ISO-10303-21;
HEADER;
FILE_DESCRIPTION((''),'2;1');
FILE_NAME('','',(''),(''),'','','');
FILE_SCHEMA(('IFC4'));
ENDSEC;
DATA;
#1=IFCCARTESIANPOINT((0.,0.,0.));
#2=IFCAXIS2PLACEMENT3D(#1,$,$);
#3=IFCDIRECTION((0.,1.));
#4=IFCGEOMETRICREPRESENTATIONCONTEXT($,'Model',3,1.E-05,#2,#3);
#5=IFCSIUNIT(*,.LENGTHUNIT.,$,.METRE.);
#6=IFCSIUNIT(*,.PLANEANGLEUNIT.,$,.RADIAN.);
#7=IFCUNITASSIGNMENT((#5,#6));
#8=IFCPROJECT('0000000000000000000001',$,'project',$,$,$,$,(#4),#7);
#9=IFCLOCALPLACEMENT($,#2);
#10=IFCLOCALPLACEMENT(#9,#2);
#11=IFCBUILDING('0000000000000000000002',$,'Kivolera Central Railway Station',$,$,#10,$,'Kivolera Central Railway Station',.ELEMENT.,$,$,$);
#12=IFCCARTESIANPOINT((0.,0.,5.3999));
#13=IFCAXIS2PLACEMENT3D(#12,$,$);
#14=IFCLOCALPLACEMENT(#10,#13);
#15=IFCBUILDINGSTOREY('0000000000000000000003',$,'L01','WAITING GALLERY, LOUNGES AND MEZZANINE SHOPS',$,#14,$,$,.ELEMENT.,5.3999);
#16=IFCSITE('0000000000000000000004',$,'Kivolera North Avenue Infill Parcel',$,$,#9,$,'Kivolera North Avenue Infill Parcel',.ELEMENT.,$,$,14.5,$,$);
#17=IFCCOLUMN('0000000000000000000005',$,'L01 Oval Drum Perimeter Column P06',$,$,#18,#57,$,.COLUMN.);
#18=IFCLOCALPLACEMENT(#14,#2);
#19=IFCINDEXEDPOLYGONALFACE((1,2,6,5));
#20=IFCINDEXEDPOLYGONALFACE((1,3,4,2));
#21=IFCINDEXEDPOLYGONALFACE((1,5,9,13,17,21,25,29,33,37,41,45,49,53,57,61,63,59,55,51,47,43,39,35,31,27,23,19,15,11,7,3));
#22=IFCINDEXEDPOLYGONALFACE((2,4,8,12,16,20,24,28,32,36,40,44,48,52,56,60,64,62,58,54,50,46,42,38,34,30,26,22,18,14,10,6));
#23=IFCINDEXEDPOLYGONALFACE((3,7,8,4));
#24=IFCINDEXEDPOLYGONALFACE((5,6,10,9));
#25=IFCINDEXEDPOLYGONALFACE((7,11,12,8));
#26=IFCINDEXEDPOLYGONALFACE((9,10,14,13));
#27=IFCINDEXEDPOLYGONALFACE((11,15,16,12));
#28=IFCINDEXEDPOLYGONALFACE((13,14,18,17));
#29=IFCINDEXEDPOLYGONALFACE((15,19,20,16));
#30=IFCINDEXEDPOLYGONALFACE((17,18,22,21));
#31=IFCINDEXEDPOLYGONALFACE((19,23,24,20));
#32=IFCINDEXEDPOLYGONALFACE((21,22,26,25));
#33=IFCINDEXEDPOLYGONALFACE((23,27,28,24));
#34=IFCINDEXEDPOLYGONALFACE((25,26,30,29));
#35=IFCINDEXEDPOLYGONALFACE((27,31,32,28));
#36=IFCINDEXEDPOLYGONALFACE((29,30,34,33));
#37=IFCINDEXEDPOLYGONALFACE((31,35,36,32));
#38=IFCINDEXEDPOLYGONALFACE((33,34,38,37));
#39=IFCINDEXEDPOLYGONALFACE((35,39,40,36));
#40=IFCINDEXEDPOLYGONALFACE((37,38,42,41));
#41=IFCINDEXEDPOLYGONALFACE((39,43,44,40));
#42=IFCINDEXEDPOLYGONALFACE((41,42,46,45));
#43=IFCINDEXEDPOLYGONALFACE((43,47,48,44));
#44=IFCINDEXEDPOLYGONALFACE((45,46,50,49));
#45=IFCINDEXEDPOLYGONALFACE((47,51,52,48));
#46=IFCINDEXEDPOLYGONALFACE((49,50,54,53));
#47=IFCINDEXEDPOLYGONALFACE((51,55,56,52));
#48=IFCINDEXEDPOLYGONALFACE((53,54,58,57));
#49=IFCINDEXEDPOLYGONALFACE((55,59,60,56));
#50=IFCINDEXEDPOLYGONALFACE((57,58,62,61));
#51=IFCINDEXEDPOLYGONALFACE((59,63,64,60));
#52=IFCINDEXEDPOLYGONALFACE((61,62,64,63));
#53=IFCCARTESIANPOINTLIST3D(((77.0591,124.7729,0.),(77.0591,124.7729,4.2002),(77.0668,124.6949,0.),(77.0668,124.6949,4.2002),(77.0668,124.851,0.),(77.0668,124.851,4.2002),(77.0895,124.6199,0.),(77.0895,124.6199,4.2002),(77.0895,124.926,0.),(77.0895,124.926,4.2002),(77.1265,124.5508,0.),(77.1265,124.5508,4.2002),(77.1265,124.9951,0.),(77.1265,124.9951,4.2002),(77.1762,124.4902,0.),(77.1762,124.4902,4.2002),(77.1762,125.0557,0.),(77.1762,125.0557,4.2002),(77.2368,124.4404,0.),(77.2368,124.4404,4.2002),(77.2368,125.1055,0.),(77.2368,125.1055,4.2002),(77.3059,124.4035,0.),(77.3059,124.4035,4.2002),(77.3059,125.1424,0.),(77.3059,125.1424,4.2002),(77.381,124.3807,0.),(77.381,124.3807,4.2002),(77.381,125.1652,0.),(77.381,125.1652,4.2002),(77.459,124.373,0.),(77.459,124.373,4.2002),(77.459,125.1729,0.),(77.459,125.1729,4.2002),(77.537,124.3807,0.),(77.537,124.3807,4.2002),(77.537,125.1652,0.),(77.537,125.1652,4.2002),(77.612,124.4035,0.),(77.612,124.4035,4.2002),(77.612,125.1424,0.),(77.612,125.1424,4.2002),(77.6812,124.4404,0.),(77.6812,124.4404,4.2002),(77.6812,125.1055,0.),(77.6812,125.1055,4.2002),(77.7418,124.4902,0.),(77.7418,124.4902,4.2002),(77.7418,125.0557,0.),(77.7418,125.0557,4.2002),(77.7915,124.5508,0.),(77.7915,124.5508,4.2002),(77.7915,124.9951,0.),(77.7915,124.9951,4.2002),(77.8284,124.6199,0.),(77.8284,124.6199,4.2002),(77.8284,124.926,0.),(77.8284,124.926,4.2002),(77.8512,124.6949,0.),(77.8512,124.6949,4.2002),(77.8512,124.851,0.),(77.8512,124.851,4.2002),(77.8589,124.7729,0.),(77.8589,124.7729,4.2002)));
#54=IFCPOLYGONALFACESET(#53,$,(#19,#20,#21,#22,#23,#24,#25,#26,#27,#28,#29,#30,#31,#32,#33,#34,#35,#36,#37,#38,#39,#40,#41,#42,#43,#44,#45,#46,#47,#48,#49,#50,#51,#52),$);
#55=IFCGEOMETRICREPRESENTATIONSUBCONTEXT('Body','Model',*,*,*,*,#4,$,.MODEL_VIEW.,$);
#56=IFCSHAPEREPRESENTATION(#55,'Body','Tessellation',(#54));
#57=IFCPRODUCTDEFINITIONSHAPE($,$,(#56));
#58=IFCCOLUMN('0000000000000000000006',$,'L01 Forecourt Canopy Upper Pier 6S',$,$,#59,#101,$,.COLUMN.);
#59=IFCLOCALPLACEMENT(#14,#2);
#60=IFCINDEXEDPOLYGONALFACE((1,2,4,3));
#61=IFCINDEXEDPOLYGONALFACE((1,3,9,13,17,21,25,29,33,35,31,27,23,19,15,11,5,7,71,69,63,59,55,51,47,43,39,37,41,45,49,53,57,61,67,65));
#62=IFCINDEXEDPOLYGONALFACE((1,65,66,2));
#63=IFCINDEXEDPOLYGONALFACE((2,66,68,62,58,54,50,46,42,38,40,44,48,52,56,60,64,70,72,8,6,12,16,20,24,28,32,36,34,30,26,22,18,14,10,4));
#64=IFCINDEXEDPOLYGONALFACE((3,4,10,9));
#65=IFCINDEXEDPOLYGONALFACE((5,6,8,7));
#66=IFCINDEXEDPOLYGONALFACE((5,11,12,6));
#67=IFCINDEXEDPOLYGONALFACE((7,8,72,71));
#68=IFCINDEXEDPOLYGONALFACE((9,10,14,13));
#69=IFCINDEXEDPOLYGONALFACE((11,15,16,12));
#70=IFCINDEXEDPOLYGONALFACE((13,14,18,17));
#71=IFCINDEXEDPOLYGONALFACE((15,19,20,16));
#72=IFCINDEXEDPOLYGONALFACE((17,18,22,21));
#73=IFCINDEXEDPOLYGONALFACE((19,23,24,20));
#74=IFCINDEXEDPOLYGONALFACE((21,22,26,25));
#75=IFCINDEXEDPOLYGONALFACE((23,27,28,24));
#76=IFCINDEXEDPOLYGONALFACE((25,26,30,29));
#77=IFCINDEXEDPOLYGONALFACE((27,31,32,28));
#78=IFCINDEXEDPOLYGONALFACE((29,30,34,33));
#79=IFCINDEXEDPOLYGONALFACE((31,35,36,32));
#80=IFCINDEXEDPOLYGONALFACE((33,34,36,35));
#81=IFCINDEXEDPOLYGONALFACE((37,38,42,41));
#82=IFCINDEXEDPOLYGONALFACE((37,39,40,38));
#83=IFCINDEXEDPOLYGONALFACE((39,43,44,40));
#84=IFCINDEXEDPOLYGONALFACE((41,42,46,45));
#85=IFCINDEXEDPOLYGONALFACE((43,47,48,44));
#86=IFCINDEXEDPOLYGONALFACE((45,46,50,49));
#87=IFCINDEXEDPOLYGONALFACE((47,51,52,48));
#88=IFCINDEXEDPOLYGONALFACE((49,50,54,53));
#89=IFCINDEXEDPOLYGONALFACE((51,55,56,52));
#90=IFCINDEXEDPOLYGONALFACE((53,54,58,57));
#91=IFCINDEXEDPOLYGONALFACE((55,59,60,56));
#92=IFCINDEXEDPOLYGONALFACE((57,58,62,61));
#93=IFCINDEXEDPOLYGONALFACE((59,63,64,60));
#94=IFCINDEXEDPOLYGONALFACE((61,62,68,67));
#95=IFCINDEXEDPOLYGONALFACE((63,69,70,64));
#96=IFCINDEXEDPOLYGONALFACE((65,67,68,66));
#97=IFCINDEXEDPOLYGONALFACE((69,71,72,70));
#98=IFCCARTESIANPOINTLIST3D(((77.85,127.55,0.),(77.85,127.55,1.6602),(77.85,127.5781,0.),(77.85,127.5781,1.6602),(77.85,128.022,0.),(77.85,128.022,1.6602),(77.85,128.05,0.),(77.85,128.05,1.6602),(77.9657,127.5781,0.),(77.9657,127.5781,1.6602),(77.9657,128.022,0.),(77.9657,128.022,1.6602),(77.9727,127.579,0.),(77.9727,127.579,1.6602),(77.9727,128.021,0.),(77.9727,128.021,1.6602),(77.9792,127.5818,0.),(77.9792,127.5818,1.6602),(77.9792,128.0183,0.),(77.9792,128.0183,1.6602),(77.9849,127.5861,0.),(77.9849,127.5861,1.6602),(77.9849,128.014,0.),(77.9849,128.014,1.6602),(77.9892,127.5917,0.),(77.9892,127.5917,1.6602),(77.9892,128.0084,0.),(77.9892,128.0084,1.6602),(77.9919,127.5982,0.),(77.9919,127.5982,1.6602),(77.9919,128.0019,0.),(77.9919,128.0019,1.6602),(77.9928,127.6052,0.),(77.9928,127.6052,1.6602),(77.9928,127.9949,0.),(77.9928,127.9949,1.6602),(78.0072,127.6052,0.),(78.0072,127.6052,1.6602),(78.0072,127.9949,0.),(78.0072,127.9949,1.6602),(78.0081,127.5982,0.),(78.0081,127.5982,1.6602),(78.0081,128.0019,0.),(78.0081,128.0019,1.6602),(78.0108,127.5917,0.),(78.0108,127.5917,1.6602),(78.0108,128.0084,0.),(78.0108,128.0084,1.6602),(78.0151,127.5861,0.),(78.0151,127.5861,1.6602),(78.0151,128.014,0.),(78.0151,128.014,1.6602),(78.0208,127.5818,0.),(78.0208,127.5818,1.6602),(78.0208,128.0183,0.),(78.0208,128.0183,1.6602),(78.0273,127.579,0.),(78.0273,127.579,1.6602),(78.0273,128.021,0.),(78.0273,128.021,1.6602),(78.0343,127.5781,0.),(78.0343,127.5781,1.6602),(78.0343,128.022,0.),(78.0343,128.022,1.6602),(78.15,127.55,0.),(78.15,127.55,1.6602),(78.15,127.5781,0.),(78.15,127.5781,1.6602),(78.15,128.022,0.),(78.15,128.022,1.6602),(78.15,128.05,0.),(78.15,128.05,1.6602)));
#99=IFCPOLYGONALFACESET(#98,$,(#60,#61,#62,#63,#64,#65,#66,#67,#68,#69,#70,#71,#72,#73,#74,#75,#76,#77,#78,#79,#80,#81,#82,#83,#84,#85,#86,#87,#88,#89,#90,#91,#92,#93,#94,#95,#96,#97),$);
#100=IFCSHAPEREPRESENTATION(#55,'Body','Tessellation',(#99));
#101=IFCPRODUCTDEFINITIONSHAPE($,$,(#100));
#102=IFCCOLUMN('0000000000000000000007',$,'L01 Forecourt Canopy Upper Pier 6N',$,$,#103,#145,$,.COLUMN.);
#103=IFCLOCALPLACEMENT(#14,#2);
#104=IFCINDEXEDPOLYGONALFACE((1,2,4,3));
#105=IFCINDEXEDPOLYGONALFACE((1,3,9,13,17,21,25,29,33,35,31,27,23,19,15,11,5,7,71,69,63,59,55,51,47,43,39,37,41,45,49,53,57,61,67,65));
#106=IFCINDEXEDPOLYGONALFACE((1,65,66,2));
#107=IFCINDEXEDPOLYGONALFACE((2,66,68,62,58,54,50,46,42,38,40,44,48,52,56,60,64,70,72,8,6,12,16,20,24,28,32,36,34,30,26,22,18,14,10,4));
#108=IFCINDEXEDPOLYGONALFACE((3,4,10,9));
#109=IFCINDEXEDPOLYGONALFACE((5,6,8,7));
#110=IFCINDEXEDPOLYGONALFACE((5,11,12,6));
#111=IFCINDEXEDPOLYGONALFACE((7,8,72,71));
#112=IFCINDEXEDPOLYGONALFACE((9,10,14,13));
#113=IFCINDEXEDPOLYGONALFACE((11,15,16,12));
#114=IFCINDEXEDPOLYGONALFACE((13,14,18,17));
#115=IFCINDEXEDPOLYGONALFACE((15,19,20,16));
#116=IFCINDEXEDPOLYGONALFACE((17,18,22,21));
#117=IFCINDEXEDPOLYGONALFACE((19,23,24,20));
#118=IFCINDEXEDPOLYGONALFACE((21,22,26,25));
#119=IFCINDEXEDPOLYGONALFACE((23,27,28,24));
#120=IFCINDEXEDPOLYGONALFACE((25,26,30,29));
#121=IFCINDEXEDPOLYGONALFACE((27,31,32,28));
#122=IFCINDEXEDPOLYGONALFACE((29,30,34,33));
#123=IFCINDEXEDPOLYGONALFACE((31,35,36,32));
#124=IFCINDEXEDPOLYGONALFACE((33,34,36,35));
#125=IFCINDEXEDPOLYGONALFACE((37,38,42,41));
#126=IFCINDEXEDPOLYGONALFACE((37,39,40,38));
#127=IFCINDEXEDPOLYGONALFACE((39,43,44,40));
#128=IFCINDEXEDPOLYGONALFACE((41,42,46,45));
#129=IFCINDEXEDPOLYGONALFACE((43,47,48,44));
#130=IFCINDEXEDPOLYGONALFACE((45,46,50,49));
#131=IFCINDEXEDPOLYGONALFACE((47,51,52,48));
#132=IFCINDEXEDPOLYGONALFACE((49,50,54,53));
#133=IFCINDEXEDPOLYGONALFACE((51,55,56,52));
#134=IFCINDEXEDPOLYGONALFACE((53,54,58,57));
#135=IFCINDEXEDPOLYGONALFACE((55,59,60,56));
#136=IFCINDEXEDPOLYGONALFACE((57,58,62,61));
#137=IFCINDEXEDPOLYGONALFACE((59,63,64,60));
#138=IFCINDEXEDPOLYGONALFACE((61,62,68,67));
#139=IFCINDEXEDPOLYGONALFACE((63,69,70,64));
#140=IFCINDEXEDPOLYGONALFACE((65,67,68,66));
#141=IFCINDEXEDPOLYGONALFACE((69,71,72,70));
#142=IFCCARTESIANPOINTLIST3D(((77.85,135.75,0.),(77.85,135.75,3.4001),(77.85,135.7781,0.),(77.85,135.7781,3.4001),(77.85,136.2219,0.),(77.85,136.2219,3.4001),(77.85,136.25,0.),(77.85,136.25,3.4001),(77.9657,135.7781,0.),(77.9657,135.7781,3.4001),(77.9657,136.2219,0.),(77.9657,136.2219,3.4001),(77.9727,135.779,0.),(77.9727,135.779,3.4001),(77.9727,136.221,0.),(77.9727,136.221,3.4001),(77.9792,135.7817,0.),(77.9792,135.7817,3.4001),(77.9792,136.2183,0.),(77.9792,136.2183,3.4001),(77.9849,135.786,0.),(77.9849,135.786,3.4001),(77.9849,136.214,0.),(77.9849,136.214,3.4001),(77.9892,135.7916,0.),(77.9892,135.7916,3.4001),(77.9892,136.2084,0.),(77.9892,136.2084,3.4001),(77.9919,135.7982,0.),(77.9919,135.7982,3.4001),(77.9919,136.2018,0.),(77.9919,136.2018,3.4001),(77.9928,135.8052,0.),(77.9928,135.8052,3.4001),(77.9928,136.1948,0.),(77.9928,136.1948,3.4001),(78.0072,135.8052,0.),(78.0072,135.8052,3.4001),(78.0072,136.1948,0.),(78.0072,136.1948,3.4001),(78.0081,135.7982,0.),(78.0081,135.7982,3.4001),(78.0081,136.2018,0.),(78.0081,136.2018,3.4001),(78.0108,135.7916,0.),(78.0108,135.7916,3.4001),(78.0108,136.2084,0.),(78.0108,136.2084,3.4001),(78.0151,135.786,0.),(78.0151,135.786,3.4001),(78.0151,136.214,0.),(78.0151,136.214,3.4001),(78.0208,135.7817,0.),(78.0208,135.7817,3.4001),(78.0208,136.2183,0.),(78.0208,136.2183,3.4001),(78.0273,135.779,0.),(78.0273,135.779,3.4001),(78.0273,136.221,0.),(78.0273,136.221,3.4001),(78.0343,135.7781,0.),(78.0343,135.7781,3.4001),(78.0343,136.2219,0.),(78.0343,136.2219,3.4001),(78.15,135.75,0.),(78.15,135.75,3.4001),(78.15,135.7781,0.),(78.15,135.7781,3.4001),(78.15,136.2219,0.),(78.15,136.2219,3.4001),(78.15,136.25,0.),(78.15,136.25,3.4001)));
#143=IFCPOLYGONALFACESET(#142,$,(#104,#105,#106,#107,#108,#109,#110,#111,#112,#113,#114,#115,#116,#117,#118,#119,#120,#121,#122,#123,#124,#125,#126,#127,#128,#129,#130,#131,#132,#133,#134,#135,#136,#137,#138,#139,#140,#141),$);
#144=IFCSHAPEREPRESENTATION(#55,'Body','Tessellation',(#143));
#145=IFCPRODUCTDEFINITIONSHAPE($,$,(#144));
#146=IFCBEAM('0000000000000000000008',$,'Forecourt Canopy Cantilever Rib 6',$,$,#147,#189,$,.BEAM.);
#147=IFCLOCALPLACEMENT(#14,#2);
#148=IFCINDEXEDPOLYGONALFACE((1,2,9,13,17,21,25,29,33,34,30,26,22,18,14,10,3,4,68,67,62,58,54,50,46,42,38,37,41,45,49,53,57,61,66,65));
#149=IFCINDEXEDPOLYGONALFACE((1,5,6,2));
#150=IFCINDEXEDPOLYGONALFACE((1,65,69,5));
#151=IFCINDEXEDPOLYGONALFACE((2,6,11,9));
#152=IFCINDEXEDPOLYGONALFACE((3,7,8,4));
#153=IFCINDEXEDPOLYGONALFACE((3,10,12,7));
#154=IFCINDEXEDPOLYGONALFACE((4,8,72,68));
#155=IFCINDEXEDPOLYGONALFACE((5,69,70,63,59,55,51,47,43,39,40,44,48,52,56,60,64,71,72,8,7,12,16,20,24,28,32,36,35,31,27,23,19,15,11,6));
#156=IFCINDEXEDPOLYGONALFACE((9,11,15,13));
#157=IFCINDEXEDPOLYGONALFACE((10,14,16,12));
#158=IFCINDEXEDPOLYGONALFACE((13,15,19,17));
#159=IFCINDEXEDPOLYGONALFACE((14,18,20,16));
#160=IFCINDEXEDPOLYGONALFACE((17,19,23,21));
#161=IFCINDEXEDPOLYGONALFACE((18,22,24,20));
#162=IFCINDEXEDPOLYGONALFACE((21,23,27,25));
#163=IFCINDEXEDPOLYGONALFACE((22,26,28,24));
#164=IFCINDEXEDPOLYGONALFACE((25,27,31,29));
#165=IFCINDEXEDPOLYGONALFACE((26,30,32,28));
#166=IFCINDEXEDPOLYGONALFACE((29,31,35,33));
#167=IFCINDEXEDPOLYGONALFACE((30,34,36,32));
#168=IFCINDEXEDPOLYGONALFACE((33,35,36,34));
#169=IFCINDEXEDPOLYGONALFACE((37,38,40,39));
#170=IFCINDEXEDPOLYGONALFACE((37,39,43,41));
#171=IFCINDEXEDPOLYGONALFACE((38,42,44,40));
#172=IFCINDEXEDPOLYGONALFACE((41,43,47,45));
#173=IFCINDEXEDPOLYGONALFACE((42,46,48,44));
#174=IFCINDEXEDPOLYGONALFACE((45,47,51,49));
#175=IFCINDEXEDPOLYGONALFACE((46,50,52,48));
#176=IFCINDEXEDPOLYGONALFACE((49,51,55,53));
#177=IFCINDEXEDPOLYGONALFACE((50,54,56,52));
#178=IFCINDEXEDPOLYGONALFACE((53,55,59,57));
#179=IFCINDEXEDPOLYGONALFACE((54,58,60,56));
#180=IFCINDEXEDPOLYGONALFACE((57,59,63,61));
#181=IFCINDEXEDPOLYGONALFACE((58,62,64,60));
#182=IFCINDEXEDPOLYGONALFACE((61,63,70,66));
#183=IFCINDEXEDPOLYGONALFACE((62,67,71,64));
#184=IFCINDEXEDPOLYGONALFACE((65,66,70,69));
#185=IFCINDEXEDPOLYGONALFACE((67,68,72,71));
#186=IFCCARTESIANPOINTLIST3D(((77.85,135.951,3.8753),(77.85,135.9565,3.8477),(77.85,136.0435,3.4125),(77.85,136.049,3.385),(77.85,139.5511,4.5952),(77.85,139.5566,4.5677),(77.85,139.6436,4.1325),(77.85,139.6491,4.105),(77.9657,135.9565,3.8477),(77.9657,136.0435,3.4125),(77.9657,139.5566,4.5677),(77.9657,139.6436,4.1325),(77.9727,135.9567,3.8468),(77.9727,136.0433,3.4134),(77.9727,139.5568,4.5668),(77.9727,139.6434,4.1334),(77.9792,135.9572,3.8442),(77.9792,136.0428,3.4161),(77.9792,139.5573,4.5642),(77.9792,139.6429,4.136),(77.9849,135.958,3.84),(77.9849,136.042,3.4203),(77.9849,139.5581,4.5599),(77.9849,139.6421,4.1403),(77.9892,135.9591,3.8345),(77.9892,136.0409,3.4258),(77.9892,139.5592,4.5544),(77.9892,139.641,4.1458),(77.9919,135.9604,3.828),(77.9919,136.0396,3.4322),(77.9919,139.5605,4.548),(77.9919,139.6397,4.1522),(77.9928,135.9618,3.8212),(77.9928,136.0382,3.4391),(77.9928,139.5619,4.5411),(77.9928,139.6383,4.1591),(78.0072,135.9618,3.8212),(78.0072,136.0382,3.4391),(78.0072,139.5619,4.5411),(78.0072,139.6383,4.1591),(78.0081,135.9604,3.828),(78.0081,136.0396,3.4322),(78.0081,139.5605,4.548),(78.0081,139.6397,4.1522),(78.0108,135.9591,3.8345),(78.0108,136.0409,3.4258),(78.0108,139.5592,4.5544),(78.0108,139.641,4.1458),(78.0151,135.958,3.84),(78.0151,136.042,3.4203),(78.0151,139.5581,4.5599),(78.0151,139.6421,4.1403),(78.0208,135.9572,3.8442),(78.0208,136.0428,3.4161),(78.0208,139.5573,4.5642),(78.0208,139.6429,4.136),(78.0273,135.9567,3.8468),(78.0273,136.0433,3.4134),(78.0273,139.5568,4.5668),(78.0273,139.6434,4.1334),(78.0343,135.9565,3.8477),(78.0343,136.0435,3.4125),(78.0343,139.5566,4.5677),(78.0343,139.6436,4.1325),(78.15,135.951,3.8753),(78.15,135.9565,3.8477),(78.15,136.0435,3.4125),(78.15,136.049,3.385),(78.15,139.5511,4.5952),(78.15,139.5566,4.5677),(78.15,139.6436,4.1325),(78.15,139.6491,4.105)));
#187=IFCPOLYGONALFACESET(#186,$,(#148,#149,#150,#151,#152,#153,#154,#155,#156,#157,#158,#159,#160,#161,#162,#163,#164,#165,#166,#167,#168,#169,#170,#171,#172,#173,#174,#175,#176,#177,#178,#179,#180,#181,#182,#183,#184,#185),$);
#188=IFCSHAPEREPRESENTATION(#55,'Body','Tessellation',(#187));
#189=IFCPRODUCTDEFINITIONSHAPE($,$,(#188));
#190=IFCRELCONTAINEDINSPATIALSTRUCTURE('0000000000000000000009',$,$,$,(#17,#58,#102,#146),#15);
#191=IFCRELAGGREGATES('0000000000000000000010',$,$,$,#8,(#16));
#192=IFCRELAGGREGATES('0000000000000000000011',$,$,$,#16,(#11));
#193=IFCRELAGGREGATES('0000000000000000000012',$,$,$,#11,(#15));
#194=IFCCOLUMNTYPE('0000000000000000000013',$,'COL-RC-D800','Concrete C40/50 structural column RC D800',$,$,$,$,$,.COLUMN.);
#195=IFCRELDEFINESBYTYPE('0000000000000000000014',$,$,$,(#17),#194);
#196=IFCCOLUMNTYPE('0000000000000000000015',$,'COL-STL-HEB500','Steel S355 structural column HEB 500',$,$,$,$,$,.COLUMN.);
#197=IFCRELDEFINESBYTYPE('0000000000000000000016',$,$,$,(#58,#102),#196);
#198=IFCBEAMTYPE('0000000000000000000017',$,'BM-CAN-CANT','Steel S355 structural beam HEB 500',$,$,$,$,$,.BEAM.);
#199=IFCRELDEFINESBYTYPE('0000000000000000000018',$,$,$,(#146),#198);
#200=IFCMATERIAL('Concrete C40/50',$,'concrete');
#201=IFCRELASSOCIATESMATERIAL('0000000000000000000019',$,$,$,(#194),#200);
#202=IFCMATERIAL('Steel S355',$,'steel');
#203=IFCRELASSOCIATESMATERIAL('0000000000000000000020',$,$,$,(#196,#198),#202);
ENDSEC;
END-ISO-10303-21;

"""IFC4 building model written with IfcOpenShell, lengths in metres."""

from ifc_helpers import new_model, si_unit, direction, frame, origin, origin_2d, place, context, subcontext, project, spatial, circle, i_section, extrude, material, material_profile, profile_set, type_object, element, save


model = new_model("IFC4")

# Units and contexts
model_context = context("Model", 3, precision=1e-05, world=origin(), true_north=direction((0.0, 1.0)))
body_context = subcontext(model_context, "Body", "Model", "MODEL_VIEW")
ifc_project = project(units=[si_unit("LENGTHUNIT", "METRE"), si_unit("PLANEANGLEUNIT", "RADIAN")], contexts=[model_context])

# Site, building, storey
site_placement = place(None, origin())
site = spatial("IfcSite", under=ifc_project, at=site_placement, Name="Kivolera North Avenue Infill Parcel", LongName="Kivolera North Avenue Infill Parcel", CompositionType="ELEMENT", RefElevation=14.5)
building_placement = place(site_placement, origin())
building = spatial("IfcBuilding", under=site, at=building_placement, Name="Kivolera Central Railway Station", LongName="Kivolera Central Railway Station", CompositionType="ELEMENT")
storey_placement = place(building_placement, frame((0.0, 0.0, 5.3999)))
storey = spatial("IfcBuildingStorey", under=building, at=storey_placement, Name="L01", Description="WAITING GALLERY, LOUNGES AND MEZZANINE SHOPS", CompositionType="ELEMENT", Elevation=5.3999)

# Columns
ifc_material_1 = material(Name="Concrete C40/50", Category="concrete")
ifc_material_profile_1 = material_profile(ifc_material_1, circle(Radius=0.3999, at=origin_2d()), Name="RC D800")
ifc_profile_set_1 = profile_set([ifc_material_profile_1], Name="Concrete C40/50")
column_type_1 = type_object("IfcColumnType", Name="COL-RC-D800", Description="Concrete C40/50 structural column RC D800", PredefinedType="COLUMN", material=ifc_profile_set_1)
column_1_placement = place(storey_placement, frame((77.459, 124.7729, 0.0), z_axis=(0.0, 0.0, 1.0), x_axis=(1.0, 0.0, 0.0)))
element("IfcColumn", 1, at=column_1_placement, inside=storey, type_object=column_type_1, Name="L01 Oval Drum Perimeter Column P06", PredefinedType="COLUMN", context=body_context, shape_type="SweptSolid", body=[
    extrude(circle(Radius=0.3999, at=origin_2d()), origin(), (0.0, 0.0, 1.0), 4.2002),
])
ifc_material_2 = material(Name="Steel S355", Category="steel")
ifc_material_profile_2 = material_profile(ifc_material_2, i_section(OverallWidth=0.3, OverallDepth=0.5, WebThickness=0.0144, FlangeThickness=0.0281, FilletRadius=0.0271, at=origin_2d()), Name="HEB 500")
ifc_profile_set_2 = profile_set([ifc_material_profile_2], Name="Steel S355")
column_type_2 = type_object("IfcColumnType", Name="COL-STL-HEB500", Description="Steel S355 structural column HEB 500", PredefinedType="COLUMN", material=ifc_profile_set_2)
column_2_placement = place(storey_placement, frame((78.0, 127.8, 0.0), z_axis=(0.0, 0.0, 1.0), x_axis=(1.0, 0.0, 0.0)))
element("IfcColumn", 2, at=column_2_placement, inside=storey, type_object=column_type_2, Name="L01 Forecourt Canopy Upper Pier 6S", PredefinedType="COLUMN", context=body_context, shape_type="SweptSolid", body=[
    extrude(i_section(OverallWidth=0.3, OverallDepth=0.5, WebThickness=0.0144, FlangeThickness=0.0281, FilletRadius=0.0271, at=origin_2d()), origin(), (0.0, 0.0, 1.0), 1.6602),
])
column_3_placement = place(storey_placement, frame((78.0, 136.0, 0.0), z_axis=(0.0, 0.0, 1.0), x_axis=(1.0, 0.0, 0.0)))
element("IfcColumn", 3, at=column_3_placement, inside=storey, type_object=column_type_2, Name="L01 Forecourt Canopy Upper Pier 6N", PredefinedType="COLUMN", context=body_context, shape_type="SweptSolid", body=[
    extrude(i_section(OverallWidth=0.3, OverallDepth=0.5, WebThickness=0.0144, FlangeThickness=0.0281, FilletRadius=0.0271, at=origin_2d()), origin(), (0.0, 0.0, 1.0), 3.4001),
])

# Beam
ifc_material_profile_3 = material_profile(ifc_material_2, i_section(OverallWidth=0.3, OverallDepth=0.5, WebThickness=0.0144, FlangeThickness=0.0281, FilletRadius=0.0271, at=origin_2d()), Name="HEB 500")
ifc_profile_set_3 = profile_set([ifc_material_profile_3], Name="Steel S355")
beam_type_1 = type_object("IfcBeamType", Name="BM-CAN-CANT", Description="Steel S355 structural beam HEB 500", PredefinedType="BEAM", material=ifc_profile_set_3)
beam_1_placement = place(storey_placement, frame((78.0, 136.0, 3.6301), z_axis=(0.0, 0.980583, 0.196103), x_axis=(-1.0, 0.0, 0.0)))
element("IfcBeam", 4, at=beam_1_placement, inside=storey, type_object=beam_type_1, Name="Forecourt Canopy Cantilever Rib 6", PredefinedType="BEAM", context=body_context, shape_type="SweptSolid", body=[
    extrude(i_section(OverallWidth=0.3, OverallDepth=0.5, WebThickness=0.0144, FlangeThickness=0.0281, FilletRadius=0.0271, at=origin_2d()), origin(), (0.0, 0.0, 1.0), 3.6714),
])

save(model, "model.ifc")
